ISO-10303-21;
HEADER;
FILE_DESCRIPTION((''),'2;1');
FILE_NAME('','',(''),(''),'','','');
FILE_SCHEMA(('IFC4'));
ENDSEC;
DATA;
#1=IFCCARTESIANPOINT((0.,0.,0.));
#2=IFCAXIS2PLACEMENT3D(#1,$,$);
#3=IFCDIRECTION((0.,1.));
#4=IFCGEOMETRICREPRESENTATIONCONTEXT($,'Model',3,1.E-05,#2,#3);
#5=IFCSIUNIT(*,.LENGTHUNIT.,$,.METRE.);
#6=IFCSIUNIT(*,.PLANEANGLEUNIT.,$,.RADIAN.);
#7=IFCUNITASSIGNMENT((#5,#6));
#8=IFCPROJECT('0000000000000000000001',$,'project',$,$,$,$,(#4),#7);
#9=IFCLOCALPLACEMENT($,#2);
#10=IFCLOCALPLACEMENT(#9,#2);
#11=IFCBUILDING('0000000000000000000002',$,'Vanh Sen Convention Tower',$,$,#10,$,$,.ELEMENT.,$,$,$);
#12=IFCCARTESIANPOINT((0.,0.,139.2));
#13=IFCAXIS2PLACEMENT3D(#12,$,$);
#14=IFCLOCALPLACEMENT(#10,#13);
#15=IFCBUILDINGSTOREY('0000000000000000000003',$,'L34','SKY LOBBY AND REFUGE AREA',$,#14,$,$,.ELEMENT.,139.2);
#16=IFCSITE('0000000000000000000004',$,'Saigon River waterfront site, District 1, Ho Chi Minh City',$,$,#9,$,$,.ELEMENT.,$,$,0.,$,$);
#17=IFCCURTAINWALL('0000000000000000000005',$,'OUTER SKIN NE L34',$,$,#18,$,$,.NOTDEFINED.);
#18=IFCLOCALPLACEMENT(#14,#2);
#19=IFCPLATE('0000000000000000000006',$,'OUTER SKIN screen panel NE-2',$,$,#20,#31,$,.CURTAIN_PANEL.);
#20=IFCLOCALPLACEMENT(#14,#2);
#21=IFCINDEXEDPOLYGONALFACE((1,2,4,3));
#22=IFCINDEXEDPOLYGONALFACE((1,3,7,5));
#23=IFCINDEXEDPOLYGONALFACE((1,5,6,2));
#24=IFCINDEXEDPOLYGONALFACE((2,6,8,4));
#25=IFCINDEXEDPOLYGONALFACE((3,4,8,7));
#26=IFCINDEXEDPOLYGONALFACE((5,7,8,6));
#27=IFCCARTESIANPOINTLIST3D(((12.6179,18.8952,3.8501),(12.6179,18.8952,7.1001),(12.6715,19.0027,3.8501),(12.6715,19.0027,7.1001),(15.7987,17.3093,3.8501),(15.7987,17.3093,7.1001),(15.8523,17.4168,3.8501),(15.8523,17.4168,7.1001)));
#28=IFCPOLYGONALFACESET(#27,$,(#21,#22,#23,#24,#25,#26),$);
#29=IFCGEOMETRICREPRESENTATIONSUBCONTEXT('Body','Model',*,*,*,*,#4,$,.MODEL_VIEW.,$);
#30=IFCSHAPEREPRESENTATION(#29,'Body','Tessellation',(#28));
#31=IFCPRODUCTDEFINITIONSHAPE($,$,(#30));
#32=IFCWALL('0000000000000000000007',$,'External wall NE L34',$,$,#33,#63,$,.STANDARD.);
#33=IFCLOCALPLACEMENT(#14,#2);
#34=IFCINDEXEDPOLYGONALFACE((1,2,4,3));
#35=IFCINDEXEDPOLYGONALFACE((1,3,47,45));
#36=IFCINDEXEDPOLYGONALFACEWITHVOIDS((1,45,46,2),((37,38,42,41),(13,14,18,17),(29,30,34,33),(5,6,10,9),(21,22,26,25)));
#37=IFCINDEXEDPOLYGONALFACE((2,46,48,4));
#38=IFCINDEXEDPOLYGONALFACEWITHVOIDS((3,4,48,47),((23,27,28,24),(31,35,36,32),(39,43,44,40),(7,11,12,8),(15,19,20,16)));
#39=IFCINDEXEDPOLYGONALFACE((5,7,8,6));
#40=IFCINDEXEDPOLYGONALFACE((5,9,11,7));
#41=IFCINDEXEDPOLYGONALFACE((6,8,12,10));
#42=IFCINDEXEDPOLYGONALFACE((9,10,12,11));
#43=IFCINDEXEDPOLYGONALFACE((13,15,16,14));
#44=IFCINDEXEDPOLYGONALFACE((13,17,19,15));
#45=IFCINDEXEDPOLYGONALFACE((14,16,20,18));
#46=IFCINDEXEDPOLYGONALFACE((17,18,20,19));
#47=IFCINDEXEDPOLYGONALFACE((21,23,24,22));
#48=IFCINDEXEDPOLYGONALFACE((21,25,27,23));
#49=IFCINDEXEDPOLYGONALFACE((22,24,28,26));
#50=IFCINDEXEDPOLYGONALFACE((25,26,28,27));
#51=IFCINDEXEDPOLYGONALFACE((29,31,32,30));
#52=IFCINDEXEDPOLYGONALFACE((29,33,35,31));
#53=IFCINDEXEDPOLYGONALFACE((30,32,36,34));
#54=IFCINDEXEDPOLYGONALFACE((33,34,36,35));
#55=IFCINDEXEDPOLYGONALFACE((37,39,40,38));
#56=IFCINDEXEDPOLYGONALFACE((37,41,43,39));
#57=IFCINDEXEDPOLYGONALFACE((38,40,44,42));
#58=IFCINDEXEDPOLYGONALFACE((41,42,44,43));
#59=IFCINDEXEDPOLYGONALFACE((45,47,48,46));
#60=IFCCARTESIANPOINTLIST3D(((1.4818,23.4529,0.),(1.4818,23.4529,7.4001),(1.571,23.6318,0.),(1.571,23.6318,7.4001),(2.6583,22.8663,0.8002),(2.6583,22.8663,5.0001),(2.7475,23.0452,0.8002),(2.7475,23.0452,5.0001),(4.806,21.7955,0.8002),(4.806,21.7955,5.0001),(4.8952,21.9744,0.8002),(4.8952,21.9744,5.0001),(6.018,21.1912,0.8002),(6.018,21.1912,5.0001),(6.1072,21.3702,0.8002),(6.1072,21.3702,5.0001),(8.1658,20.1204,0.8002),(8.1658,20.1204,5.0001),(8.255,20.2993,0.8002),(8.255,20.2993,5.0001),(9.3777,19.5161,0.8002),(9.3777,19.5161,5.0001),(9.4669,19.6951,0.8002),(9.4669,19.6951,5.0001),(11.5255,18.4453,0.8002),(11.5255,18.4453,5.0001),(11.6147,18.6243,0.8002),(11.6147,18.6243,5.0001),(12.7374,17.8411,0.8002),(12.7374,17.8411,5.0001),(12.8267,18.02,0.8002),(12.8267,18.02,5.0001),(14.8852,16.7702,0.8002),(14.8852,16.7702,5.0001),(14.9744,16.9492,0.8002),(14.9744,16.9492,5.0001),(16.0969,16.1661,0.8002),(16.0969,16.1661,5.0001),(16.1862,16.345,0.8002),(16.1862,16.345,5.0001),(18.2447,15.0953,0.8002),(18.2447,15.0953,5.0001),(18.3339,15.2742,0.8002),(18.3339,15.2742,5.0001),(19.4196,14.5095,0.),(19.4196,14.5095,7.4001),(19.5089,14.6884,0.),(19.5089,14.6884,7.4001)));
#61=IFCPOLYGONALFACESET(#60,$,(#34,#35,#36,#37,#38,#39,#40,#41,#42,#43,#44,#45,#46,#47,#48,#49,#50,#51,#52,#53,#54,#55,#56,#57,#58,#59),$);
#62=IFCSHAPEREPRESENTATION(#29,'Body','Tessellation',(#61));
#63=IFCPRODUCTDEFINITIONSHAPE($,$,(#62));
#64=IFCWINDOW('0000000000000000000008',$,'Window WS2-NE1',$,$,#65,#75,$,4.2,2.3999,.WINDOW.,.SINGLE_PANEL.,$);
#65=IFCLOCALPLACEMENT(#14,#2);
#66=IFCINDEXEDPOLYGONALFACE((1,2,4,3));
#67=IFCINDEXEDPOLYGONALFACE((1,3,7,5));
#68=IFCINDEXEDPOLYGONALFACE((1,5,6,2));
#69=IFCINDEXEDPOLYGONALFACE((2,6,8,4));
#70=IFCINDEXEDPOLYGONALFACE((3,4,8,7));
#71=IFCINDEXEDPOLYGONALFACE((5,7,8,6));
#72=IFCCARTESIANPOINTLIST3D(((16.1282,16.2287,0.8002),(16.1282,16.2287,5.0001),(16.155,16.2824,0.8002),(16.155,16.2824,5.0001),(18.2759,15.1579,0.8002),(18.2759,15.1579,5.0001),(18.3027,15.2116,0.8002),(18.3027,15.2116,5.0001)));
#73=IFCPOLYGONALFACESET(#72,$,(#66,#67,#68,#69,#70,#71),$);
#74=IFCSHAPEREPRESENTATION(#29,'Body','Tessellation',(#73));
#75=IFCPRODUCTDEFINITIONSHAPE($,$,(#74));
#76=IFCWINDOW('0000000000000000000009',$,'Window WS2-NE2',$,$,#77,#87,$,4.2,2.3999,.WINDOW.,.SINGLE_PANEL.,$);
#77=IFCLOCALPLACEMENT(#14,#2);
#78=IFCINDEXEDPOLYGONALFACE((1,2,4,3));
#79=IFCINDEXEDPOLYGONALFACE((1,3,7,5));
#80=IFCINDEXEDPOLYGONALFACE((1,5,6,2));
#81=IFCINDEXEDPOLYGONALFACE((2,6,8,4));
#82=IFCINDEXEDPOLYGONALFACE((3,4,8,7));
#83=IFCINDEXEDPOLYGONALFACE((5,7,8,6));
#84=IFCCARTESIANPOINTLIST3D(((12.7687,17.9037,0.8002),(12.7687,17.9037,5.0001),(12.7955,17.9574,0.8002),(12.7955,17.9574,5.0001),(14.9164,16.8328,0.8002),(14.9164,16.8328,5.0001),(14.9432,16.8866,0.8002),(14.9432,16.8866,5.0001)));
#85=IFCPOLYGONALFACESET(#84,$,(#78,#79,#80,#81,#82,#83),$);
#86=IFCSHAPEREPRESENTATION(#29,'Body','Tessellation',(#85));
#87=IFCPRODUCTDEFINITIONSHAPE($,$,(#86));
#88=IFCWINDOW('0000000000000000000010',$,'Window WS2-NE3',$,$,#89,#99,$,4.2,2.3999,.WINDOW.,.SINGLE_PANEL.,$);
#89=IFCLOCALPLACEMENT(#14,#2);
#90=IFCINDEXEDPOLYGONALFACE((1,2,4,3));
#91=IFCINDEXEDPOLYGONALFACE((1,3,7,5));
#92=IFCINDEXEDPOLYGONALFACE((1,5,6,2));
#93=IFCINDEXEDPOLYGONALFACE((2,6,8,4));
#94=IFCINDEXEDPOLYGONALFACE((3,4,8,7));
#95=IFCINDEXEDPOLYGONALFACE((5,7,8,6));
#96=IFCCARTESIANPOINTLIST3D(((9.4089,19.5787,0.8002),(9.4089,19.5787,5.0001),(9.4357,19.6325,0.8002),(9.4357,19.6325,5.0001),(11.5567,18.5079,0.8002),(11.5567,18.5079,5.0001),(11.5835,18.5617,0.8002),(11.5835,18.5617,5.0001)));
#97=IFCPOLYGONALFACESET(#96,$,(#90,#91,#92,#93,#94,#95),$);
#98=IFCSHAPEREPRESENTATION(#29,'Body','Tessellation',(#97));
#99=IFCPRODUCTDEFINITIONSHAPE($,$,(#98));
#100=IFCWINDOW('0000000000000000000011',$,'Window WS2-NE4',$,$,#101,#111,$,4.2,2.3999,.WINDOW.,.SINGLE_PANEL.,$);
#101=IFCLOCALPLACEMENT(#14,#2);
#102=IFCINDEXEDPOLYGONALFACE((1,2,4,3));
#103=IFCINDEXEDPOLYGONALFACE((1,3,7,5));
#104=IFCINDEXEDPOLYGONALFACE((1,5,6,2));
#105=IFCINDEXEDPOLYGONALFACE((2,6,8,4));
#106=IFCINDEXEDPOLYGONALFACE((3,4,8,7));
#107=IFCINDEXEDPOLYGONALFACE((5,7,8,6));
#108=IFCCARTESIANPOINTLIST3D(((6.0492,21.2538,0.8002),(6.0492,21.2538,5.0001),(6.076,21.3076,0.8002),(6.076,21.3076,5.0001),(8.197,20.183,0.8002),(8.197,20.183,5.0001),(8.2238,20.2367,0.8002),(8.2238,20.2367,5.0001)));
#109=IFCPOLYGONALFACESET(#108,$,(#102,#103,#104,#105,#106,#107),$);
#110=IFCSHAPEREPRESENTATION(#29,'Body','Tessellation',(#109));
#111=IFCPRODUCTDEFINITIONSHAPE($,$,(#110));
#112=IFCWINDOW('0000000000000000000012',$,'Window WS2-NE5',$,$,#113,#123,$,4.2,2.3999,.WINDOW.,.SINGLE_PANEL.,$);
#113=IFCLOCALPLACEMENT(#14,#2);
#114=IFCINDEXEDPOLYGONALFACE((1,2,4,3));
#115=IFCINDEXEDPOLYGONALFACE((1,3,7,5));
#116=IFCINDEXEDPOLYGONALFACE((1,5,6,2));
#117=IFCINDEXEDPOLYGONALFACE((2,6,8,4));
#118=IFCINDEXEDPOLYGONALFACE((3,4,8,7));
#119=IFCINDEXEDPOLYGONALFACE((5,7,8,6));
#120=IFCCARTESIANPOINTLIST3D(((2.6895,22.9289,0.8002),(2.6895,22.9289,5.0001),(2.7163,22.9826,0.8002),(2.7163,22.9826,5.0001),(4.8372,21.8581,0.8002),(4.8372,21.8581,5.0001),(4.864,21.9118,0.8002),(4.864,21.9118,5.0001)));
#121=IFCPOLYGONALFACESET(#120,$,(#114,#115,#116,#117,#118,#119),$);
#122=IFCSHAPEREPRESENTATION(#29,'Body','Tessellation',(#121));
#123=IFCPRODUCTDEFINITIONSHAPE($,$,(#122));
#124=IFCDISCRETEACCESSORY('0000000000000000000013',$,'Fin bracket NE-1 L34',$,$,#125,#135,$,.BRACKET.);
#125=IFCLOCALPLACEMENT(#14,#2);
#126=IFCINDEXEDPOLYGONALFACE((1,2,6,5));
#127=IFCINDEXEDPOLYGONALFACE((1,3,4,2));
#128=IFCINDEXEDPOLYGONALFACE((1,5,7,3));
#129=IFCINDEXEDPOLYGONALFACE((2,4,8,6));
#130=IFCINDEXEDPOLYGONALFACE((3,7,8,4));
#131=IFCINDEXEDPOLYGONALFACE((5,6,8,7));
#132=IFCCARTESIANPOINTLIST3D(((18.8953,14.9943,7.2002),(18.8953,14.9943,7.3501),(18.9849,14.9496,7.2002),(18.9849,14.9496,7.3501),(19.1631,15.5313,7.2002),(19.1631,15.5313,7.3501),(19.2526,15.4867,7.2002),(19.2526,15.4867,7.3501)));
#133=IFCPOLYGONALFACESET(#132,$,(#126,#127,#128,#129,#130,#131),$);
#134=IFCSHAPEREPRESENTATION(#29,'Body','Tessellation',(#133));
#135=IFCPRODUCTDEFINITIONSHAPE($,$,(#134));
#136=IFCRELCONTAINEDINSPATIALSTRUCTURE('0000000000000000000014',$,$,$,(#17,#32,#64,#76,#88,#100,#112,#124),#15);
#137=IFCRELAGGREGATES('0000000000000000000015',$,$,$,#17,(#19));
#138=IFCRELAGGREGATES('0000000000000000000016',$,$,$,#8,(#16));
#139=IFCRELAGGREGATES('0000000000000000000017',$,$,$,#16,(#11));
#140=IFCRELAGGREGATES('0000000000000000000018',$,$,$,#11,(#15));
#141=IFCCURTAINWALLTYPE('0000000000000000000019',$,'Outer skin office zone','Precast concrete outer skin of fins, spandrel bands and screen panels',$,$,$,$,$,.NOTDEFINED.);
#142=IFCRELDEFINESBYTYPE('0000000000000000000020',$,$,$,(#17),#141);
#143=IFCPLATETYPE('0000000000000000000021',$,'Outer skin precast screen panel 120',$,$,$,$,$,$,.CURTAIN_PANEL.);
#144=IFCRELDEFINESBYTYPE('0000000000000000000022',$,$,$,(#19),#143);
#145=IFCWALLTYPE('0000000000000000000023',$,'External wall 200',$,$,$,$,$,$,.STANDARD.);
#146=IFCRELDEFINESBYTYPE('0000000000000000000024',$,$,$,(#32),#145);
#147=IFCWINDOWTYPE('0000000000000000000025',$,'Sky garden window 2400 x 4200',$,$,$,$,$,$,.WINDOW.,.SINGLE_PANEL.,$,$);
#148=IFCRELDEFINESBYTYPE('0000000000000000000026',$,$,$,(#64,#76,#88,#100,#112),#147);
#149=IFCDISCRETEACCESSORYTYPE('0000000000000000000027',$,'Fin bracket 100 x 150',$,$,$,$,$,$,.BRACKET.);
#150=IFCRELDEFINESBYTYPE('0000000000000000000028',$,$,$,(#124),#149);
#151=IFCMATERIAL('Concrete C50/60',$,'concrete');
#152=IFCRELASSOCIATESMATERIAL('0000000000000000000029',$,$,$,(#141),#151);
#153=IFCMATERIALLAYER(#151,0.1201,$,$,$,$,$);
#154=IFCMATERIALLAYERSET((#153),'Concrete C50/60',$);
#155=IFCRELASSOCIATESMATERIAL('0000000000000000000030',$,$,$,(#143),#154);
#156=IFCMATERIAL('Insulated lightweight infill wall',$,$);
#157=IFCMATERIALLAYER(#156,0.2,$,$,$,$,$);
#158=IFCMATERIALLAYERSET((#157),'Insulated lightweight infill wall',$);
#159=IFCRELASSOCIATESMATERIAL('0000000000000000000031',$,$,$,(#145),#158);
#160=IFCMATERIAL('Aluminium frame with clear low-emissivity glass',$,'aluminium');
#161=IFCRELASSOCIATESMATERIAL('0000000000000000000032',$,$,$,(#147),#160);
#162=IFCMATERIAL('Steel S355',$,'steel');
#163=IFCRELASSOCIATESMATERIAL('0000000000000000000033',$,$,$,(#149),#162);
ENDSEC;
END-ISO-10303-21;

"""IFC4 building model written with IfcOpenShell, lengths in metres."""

from ifc_helpers import new_model, si_unit, direction, frame, frame_2d, origin, origin_2d, place, context, subcontext, project, spatial, rectangle, extrude, material, layer, layer_set, type_object, element, fill, aggregate, save


model = new_model("IFC4")

# Units and contexts
model_context = context("Model", 3, precision=1e-05, world=origin(), true_north=direction((0.0, 1.0)))
body_context = subcontext(model_context, "Body", "Model", "MODEL_VIEW")
ifc_project = project(units=[si_unit("LENGTHUNIT", "METRE"), si_unit("PLANEANGLEUNIT", "RADIAN")], contexts=[model_context])

# Site, building, storey
site_placement = place(None, origin())
site = spatial("IfcSite", under=ifc_project, at=site_placement, Name="Saigon River waterfront site, District 1, Ho Chi Minh City", CompositionType="ELEMENT", RefElevation=0.0)
building_placement = place(site_placement, origin())
building = spatial("IfcBuilding", under=site, at=building_placement, Name="Vanh Sen Convention Tower", CompositionType="ELEMENT")
storey_placement = place(building_placement, frame((0.0, 0.0, 139.2)))
storey = spatial("IfcBuildingStorey", under=building, at=storey_placement, Name="L34", Description="SKY LOBBY AND REFUGE AREA", CompositionType="ELEMENT", Elevation=139.2)

# Curtain wall
ifc_material_1 = material(Name="Concrete C50/60", Category="concrete")
curtain_wall_type = type_object("IfcCurtainWallType", Name="Outer skin office zone", Description="Precast concrete outer skin of fins, spandrel bands and screen panels", PredefinedType="NOTDEFINED", material=ifc_material_1)
curtain_wall_1_placement = place(storey_placement, origin())
curtain_wall_1 = element("IfcCurtainWall", 1, at=curtain_wall_1_placement, inside=storey, type_object=curtain_wall_type, Name="OUTER SKIN NE L34", PredefinedType="NOTDEFINED")

# Shared definitions
ifc_layer_1 = layer(ifc_material_1, 0.1201)
ifc_layer_set_1 = layer_set([ifc_layer_1], Name="Concrete C50/60")
plate_type = type_object("IfcPlateType", Name="Outer skin precast screen panel 120", PredefinedType="CURTAIN_PANEL", material=ifc_layer_set_1)

# Plate
plate_1_placement = place(storey_placement, frame((14.2351, 18.156, 3.8501), z_axis=(0.0, 0.0, 1.0), x_axis=(-0.894933, 0.446201, 0.0)))
plate_1 = element("IfcPlate", 2, at=plate_1_placement, type_object=plate_type, Name="OUTER SKIN screen panel NE-2", PredefinedType="CURTAIN_PANEL", context=body_context, shape_type="SweptSolid", body=[
    extrude(rectangle(XDim=3.5542, YDim=0.1201, at=origin_2d()), origin(), (0.0, 0.0, 1.0), 3.25),
])
aggregate(curtain_wall_1, [plate_1])

# Wall, openings, windows
ifc_material_2 = material(Name="Insulated lightweight infill wall")
ifc_layer_2 = layer(ifc_material_2, 0.2)
ifc_layer_set_2 = layer_set([ifc_layer_2], Name="Insulated lightweight infill wall")
wall_type = type_object("IfcWallType", Name="External wall 200", PredefinedType="STANDARD", material=ifc_layer_set_2)
wall_placement = place(storey_placement, frame((19.4644, 14.5989, 0.0), z_axis=(0.0, 0.0, 1.0), x_axis=(-0.894936, 0.446195, 0.0)))
wall = element("IfcWall", 3, at=wall_placement, inside=storey, type_object=wall_type, Name="External wall NE L34", PredefinedType="STANDARD", context=body_context, shape_type="SweptSolid", body=[
    extrude(rectangle(XDim=20.0437, YDim=0.2, at=frame_2d((10.022, 0.0))), origin(), (0.0, 0.0, 1.0), 7.4001),
])
opening_1_placement = place(wall_placement, frame((1.313, 0.0, 0.8)))
opening_1 = element("IfcOpeningElement", 4, at=opening_1_placement, cuts=wall, PredefinedType="OPENING", context=body_context, shape_type="SweptSolid", body=[
    extrude(rectangle(XDim=2.3999, YDim=4.2, at=frame_2d((1.2, 2.1001))), frame((0.0, 0.1099, 0.0), z_axis=(0.0, -1.0, 0.0), x_axis=(1.0, 0.0, 0.0)), (0.0, 0.0, 1.0), 0.22),
])
opening_2_placement = place(wall_placement, frame((5.0669, 0.0, 0.8)))
opening_2 = element("IfcOpeningElement", 5, at=opening_2_placement, cuts=wall, PredefinedType="OPENING", context=body_context, shape_type="SweptSolid", body=[
    extrude(rectangle(XDim=2.3999, YDim=4.2, at=frame_2d((1.2, 2.1001))), frame((0.0, 0.1099, 0.0), z_axis=(0.0, -1.0, 0.0), x_axis=(1.0, 0.0, 0.0)), (0.0, 0.0, 1.0), 0.22),
])
opening_3_placement = place(wall_placement, frame((8.821, 0.0, 0.8)))
opening_3 = element("IfcOpeningElement", 6, at=opening_3_placement, cuts=wall, PredefinedType="OPENING", context=body_context, shape_type="SweptSolid", body=[
    extrude(rectangle(XDim=2.3999, YDim=4.2, at=frame_2d((1.2, 2.1001))), frame((0.0, 0.1099, 0.0), z_axis=(0.0, -1.0, 0.0), x_axis=(1.0, 0.0, 0.0)), (0.0, 0.0, 1.0), 0.22),
])
opening_4_placement = place(wall_placement, frame((12.5752, 0.0, 0.8)))
opening_4 = element("IfcOpeningElement", 7, at=opening_4_placement, cuts=wall, PredefinedType="OPENING", context=body_context, shape_type="SweptSolid", body=[
    extrude(rectangle(XDim=2.3999, YDim=4.2, at=frame_2d((1.2, 2.1001))), frame((0.0, 0.1099, 0.0), z_axis=(0.0, -1.0, 0.0), x_axis=(1.0, 0.0, 0.0)), (0.0, 0.0, 1.0), 0.22),
])
opening_5_placement = place(wall_placement, frame((16.3293, 0.0, 0.8)))
opening_5 = element("IfcOpeningElement", 8, at=opening_5_placement, cuts=wall, PredefinedType="OPENING", context=body_context, shape_type="SweptSolid", body=[
    extrude(rectangle(XDim=2.3999, YDim=4.2, at=frame_2d((1.2, 2.1001))), frame((0.0, 0.1099, 0.0), z_axis=(0.0, -1.0, 0.0), x_axis=(1.0, 0.0, 0.0)), (0.0, 0.0, 1.0), 0.22),
])
ifc_material_3 = material(Name="Aluminium frame with clear low-emissivity glass", Category="aluminium")
window_type = type_object("IfcWindowType", Name="Sky garden window 2400 x 4200", PartitioningType="SINGLE_PANEL", PredefinedType="WINDOW", material=ifc_material_3)
window_1_placement = place(opening_1_placement, origin())
window_1 = element("IfcWindow", 9, at=window_1_placement, inside=storey, type_object=window_type, Name="Window WS2-NE1", OverallHeight=4.2, OverallWidth=2.3999, PartitioningType="SINGLE_PANEL", PredefinedType="WINDOW", context=body_context, shape_type="SweptSolid", body=[
    extrude(rectangle(XDim=2.3999, YDim=4.2, at=frame_2d((1.2, 2.1001))), frame((0.0, 0.03, 0.0), z_axis=(0.0, -1.0, 0.0), x_axis=(1.0, 0.0, 0.0)), (0.0, 0.0, 1.0), 0.0601),
])
fill(opening_1, window_1)
window_2_placement = place(opening_2_placement, origin())
window_2 = element("IfcWindow", 10, at=window_2_placement, inside=storey, type_object=window_type, Name="Window WS2-NE2", OverallHeight=4.2, OverallWidth=2.3999, PartitioningType="SINGLE_PANEL", PredefinedType="WINDOW", context=body_context, shape_type="SweptSolid", body=[
    extrude(rectangle(XDim=2.3999, YDim=4.2, at=frame_2d((1.2, 2.1001))), frame((0.0, 0.03, 0.0), z_axis=(0.0, -1.0, 0.0), x_axis=(1.0, 0.0, 0.0)), (0.0, 0.0, 1.0), 0.0601),
])
fill(opening_2, window_2)
window_3_placement = place(opening_3_placement, origin())
window_3 = element("IfcWindow", 11, at=window_3_placement, inside=storey, type_object=window_type, Name="Window WS2-NE3", OverallHeight=4.2, OverallWidth=2.3999, PartitioningType="SINGLE_PANEL", PredefinedType="WINDOW", context=body_context, shape_type="SweptSolid", body=[
    extrude(rectangle(XDim=2.3999, YDim=4.2, at=frame_2d((1.2, 2.1001))), frame((0.0, 0.03, 0.0), z_axis=(0.0, -1.0, 0.0), x_axis=(1.0, 0.0, 0.0)), (0.0, 0.0, 1.0), 0.0601),
])
fill(opening_3, window_3)
window_4_placement = place(opening_4_placement, origin())
window_4 = element("IfcWindow", 12, at=window_4_placement, inside=storey, type_object=window_type, Name="Window WS2-NE4", OverallHeight=4.2, OverallWidth=2.3999, PartitioningType="SINGLE_PANEL", PredefinedType="WINDOW", context=body_context, shape_type="SweptSolid", body=[
    extrude(rectangle(XDim=2.3999, YDim=4.2, at=frame_2d((1.2, 2.1001))), frame((0.0, 0.03, 0.0), z_axis=(0.0, -1.0, 0.0), x_axis=(1.0, 0.0, 0.0)), (0.0, 0.0, 1.0), 0.0601),
])
fill(opening_4, window_4)
window_5_placement = place(opening_5_placement, origin())
window_5 = element("IfcWindow", 13, at=window_5_placement, inside=storey, type_object=window_type, Name="Window WS2-NE5", OverallHeight=4.2, OverallWidth=2.3999, PartitioningType="SINGLE_PANEL", PredefinedType="WINDOW", context=body_context, shape_type="SweptSolid", body=[
    extrude(rectangle(XDim=2.3999, YDim=4.2, at=frame_2d((1.2, 2.1001))), frame((0.0, 0.03, 0.0), z_axis=(0.0, -1.0, 0.0), x_axis=(1.0, 0.0, 0.0)), (0.0, 0.0, 1.0), 0.0601),
])
fill(opening_5, window_5)

# Discrete accessory
ifc_material_4 = material(Name="Steel S355", Category="steel")
discrete_accessory_type = type_object("IfcDiscreteAccessoryType", Name="Fin bracket 100 x 150", PredefinedType="BRACKET", material=ifc_material_4)
discrete_accessory_placement = place(storey_placement, frame((19.074, 15.2405, 7.2002), z_axis=(0.0, 0.0, 1.0), x_axis=(0.446198, 0.894934, 0.0)))
element("IfcDiscreteAccessory", 14, at=discrete_accessory_placement, inside=storey, type_object=discrete_accessory_type, Name="Fin bracket NE-1 L34", PredefinedType="BRACKET", context=body_context, shape_type="SweptSolid", body=[
    extrude(rectangle(XDim=0.6001, YDim=0.1001, at=origin_2d()), origin(), (0.0, 0.0, 1.0), 0.1499),
])

save(model, "model.ifc")
